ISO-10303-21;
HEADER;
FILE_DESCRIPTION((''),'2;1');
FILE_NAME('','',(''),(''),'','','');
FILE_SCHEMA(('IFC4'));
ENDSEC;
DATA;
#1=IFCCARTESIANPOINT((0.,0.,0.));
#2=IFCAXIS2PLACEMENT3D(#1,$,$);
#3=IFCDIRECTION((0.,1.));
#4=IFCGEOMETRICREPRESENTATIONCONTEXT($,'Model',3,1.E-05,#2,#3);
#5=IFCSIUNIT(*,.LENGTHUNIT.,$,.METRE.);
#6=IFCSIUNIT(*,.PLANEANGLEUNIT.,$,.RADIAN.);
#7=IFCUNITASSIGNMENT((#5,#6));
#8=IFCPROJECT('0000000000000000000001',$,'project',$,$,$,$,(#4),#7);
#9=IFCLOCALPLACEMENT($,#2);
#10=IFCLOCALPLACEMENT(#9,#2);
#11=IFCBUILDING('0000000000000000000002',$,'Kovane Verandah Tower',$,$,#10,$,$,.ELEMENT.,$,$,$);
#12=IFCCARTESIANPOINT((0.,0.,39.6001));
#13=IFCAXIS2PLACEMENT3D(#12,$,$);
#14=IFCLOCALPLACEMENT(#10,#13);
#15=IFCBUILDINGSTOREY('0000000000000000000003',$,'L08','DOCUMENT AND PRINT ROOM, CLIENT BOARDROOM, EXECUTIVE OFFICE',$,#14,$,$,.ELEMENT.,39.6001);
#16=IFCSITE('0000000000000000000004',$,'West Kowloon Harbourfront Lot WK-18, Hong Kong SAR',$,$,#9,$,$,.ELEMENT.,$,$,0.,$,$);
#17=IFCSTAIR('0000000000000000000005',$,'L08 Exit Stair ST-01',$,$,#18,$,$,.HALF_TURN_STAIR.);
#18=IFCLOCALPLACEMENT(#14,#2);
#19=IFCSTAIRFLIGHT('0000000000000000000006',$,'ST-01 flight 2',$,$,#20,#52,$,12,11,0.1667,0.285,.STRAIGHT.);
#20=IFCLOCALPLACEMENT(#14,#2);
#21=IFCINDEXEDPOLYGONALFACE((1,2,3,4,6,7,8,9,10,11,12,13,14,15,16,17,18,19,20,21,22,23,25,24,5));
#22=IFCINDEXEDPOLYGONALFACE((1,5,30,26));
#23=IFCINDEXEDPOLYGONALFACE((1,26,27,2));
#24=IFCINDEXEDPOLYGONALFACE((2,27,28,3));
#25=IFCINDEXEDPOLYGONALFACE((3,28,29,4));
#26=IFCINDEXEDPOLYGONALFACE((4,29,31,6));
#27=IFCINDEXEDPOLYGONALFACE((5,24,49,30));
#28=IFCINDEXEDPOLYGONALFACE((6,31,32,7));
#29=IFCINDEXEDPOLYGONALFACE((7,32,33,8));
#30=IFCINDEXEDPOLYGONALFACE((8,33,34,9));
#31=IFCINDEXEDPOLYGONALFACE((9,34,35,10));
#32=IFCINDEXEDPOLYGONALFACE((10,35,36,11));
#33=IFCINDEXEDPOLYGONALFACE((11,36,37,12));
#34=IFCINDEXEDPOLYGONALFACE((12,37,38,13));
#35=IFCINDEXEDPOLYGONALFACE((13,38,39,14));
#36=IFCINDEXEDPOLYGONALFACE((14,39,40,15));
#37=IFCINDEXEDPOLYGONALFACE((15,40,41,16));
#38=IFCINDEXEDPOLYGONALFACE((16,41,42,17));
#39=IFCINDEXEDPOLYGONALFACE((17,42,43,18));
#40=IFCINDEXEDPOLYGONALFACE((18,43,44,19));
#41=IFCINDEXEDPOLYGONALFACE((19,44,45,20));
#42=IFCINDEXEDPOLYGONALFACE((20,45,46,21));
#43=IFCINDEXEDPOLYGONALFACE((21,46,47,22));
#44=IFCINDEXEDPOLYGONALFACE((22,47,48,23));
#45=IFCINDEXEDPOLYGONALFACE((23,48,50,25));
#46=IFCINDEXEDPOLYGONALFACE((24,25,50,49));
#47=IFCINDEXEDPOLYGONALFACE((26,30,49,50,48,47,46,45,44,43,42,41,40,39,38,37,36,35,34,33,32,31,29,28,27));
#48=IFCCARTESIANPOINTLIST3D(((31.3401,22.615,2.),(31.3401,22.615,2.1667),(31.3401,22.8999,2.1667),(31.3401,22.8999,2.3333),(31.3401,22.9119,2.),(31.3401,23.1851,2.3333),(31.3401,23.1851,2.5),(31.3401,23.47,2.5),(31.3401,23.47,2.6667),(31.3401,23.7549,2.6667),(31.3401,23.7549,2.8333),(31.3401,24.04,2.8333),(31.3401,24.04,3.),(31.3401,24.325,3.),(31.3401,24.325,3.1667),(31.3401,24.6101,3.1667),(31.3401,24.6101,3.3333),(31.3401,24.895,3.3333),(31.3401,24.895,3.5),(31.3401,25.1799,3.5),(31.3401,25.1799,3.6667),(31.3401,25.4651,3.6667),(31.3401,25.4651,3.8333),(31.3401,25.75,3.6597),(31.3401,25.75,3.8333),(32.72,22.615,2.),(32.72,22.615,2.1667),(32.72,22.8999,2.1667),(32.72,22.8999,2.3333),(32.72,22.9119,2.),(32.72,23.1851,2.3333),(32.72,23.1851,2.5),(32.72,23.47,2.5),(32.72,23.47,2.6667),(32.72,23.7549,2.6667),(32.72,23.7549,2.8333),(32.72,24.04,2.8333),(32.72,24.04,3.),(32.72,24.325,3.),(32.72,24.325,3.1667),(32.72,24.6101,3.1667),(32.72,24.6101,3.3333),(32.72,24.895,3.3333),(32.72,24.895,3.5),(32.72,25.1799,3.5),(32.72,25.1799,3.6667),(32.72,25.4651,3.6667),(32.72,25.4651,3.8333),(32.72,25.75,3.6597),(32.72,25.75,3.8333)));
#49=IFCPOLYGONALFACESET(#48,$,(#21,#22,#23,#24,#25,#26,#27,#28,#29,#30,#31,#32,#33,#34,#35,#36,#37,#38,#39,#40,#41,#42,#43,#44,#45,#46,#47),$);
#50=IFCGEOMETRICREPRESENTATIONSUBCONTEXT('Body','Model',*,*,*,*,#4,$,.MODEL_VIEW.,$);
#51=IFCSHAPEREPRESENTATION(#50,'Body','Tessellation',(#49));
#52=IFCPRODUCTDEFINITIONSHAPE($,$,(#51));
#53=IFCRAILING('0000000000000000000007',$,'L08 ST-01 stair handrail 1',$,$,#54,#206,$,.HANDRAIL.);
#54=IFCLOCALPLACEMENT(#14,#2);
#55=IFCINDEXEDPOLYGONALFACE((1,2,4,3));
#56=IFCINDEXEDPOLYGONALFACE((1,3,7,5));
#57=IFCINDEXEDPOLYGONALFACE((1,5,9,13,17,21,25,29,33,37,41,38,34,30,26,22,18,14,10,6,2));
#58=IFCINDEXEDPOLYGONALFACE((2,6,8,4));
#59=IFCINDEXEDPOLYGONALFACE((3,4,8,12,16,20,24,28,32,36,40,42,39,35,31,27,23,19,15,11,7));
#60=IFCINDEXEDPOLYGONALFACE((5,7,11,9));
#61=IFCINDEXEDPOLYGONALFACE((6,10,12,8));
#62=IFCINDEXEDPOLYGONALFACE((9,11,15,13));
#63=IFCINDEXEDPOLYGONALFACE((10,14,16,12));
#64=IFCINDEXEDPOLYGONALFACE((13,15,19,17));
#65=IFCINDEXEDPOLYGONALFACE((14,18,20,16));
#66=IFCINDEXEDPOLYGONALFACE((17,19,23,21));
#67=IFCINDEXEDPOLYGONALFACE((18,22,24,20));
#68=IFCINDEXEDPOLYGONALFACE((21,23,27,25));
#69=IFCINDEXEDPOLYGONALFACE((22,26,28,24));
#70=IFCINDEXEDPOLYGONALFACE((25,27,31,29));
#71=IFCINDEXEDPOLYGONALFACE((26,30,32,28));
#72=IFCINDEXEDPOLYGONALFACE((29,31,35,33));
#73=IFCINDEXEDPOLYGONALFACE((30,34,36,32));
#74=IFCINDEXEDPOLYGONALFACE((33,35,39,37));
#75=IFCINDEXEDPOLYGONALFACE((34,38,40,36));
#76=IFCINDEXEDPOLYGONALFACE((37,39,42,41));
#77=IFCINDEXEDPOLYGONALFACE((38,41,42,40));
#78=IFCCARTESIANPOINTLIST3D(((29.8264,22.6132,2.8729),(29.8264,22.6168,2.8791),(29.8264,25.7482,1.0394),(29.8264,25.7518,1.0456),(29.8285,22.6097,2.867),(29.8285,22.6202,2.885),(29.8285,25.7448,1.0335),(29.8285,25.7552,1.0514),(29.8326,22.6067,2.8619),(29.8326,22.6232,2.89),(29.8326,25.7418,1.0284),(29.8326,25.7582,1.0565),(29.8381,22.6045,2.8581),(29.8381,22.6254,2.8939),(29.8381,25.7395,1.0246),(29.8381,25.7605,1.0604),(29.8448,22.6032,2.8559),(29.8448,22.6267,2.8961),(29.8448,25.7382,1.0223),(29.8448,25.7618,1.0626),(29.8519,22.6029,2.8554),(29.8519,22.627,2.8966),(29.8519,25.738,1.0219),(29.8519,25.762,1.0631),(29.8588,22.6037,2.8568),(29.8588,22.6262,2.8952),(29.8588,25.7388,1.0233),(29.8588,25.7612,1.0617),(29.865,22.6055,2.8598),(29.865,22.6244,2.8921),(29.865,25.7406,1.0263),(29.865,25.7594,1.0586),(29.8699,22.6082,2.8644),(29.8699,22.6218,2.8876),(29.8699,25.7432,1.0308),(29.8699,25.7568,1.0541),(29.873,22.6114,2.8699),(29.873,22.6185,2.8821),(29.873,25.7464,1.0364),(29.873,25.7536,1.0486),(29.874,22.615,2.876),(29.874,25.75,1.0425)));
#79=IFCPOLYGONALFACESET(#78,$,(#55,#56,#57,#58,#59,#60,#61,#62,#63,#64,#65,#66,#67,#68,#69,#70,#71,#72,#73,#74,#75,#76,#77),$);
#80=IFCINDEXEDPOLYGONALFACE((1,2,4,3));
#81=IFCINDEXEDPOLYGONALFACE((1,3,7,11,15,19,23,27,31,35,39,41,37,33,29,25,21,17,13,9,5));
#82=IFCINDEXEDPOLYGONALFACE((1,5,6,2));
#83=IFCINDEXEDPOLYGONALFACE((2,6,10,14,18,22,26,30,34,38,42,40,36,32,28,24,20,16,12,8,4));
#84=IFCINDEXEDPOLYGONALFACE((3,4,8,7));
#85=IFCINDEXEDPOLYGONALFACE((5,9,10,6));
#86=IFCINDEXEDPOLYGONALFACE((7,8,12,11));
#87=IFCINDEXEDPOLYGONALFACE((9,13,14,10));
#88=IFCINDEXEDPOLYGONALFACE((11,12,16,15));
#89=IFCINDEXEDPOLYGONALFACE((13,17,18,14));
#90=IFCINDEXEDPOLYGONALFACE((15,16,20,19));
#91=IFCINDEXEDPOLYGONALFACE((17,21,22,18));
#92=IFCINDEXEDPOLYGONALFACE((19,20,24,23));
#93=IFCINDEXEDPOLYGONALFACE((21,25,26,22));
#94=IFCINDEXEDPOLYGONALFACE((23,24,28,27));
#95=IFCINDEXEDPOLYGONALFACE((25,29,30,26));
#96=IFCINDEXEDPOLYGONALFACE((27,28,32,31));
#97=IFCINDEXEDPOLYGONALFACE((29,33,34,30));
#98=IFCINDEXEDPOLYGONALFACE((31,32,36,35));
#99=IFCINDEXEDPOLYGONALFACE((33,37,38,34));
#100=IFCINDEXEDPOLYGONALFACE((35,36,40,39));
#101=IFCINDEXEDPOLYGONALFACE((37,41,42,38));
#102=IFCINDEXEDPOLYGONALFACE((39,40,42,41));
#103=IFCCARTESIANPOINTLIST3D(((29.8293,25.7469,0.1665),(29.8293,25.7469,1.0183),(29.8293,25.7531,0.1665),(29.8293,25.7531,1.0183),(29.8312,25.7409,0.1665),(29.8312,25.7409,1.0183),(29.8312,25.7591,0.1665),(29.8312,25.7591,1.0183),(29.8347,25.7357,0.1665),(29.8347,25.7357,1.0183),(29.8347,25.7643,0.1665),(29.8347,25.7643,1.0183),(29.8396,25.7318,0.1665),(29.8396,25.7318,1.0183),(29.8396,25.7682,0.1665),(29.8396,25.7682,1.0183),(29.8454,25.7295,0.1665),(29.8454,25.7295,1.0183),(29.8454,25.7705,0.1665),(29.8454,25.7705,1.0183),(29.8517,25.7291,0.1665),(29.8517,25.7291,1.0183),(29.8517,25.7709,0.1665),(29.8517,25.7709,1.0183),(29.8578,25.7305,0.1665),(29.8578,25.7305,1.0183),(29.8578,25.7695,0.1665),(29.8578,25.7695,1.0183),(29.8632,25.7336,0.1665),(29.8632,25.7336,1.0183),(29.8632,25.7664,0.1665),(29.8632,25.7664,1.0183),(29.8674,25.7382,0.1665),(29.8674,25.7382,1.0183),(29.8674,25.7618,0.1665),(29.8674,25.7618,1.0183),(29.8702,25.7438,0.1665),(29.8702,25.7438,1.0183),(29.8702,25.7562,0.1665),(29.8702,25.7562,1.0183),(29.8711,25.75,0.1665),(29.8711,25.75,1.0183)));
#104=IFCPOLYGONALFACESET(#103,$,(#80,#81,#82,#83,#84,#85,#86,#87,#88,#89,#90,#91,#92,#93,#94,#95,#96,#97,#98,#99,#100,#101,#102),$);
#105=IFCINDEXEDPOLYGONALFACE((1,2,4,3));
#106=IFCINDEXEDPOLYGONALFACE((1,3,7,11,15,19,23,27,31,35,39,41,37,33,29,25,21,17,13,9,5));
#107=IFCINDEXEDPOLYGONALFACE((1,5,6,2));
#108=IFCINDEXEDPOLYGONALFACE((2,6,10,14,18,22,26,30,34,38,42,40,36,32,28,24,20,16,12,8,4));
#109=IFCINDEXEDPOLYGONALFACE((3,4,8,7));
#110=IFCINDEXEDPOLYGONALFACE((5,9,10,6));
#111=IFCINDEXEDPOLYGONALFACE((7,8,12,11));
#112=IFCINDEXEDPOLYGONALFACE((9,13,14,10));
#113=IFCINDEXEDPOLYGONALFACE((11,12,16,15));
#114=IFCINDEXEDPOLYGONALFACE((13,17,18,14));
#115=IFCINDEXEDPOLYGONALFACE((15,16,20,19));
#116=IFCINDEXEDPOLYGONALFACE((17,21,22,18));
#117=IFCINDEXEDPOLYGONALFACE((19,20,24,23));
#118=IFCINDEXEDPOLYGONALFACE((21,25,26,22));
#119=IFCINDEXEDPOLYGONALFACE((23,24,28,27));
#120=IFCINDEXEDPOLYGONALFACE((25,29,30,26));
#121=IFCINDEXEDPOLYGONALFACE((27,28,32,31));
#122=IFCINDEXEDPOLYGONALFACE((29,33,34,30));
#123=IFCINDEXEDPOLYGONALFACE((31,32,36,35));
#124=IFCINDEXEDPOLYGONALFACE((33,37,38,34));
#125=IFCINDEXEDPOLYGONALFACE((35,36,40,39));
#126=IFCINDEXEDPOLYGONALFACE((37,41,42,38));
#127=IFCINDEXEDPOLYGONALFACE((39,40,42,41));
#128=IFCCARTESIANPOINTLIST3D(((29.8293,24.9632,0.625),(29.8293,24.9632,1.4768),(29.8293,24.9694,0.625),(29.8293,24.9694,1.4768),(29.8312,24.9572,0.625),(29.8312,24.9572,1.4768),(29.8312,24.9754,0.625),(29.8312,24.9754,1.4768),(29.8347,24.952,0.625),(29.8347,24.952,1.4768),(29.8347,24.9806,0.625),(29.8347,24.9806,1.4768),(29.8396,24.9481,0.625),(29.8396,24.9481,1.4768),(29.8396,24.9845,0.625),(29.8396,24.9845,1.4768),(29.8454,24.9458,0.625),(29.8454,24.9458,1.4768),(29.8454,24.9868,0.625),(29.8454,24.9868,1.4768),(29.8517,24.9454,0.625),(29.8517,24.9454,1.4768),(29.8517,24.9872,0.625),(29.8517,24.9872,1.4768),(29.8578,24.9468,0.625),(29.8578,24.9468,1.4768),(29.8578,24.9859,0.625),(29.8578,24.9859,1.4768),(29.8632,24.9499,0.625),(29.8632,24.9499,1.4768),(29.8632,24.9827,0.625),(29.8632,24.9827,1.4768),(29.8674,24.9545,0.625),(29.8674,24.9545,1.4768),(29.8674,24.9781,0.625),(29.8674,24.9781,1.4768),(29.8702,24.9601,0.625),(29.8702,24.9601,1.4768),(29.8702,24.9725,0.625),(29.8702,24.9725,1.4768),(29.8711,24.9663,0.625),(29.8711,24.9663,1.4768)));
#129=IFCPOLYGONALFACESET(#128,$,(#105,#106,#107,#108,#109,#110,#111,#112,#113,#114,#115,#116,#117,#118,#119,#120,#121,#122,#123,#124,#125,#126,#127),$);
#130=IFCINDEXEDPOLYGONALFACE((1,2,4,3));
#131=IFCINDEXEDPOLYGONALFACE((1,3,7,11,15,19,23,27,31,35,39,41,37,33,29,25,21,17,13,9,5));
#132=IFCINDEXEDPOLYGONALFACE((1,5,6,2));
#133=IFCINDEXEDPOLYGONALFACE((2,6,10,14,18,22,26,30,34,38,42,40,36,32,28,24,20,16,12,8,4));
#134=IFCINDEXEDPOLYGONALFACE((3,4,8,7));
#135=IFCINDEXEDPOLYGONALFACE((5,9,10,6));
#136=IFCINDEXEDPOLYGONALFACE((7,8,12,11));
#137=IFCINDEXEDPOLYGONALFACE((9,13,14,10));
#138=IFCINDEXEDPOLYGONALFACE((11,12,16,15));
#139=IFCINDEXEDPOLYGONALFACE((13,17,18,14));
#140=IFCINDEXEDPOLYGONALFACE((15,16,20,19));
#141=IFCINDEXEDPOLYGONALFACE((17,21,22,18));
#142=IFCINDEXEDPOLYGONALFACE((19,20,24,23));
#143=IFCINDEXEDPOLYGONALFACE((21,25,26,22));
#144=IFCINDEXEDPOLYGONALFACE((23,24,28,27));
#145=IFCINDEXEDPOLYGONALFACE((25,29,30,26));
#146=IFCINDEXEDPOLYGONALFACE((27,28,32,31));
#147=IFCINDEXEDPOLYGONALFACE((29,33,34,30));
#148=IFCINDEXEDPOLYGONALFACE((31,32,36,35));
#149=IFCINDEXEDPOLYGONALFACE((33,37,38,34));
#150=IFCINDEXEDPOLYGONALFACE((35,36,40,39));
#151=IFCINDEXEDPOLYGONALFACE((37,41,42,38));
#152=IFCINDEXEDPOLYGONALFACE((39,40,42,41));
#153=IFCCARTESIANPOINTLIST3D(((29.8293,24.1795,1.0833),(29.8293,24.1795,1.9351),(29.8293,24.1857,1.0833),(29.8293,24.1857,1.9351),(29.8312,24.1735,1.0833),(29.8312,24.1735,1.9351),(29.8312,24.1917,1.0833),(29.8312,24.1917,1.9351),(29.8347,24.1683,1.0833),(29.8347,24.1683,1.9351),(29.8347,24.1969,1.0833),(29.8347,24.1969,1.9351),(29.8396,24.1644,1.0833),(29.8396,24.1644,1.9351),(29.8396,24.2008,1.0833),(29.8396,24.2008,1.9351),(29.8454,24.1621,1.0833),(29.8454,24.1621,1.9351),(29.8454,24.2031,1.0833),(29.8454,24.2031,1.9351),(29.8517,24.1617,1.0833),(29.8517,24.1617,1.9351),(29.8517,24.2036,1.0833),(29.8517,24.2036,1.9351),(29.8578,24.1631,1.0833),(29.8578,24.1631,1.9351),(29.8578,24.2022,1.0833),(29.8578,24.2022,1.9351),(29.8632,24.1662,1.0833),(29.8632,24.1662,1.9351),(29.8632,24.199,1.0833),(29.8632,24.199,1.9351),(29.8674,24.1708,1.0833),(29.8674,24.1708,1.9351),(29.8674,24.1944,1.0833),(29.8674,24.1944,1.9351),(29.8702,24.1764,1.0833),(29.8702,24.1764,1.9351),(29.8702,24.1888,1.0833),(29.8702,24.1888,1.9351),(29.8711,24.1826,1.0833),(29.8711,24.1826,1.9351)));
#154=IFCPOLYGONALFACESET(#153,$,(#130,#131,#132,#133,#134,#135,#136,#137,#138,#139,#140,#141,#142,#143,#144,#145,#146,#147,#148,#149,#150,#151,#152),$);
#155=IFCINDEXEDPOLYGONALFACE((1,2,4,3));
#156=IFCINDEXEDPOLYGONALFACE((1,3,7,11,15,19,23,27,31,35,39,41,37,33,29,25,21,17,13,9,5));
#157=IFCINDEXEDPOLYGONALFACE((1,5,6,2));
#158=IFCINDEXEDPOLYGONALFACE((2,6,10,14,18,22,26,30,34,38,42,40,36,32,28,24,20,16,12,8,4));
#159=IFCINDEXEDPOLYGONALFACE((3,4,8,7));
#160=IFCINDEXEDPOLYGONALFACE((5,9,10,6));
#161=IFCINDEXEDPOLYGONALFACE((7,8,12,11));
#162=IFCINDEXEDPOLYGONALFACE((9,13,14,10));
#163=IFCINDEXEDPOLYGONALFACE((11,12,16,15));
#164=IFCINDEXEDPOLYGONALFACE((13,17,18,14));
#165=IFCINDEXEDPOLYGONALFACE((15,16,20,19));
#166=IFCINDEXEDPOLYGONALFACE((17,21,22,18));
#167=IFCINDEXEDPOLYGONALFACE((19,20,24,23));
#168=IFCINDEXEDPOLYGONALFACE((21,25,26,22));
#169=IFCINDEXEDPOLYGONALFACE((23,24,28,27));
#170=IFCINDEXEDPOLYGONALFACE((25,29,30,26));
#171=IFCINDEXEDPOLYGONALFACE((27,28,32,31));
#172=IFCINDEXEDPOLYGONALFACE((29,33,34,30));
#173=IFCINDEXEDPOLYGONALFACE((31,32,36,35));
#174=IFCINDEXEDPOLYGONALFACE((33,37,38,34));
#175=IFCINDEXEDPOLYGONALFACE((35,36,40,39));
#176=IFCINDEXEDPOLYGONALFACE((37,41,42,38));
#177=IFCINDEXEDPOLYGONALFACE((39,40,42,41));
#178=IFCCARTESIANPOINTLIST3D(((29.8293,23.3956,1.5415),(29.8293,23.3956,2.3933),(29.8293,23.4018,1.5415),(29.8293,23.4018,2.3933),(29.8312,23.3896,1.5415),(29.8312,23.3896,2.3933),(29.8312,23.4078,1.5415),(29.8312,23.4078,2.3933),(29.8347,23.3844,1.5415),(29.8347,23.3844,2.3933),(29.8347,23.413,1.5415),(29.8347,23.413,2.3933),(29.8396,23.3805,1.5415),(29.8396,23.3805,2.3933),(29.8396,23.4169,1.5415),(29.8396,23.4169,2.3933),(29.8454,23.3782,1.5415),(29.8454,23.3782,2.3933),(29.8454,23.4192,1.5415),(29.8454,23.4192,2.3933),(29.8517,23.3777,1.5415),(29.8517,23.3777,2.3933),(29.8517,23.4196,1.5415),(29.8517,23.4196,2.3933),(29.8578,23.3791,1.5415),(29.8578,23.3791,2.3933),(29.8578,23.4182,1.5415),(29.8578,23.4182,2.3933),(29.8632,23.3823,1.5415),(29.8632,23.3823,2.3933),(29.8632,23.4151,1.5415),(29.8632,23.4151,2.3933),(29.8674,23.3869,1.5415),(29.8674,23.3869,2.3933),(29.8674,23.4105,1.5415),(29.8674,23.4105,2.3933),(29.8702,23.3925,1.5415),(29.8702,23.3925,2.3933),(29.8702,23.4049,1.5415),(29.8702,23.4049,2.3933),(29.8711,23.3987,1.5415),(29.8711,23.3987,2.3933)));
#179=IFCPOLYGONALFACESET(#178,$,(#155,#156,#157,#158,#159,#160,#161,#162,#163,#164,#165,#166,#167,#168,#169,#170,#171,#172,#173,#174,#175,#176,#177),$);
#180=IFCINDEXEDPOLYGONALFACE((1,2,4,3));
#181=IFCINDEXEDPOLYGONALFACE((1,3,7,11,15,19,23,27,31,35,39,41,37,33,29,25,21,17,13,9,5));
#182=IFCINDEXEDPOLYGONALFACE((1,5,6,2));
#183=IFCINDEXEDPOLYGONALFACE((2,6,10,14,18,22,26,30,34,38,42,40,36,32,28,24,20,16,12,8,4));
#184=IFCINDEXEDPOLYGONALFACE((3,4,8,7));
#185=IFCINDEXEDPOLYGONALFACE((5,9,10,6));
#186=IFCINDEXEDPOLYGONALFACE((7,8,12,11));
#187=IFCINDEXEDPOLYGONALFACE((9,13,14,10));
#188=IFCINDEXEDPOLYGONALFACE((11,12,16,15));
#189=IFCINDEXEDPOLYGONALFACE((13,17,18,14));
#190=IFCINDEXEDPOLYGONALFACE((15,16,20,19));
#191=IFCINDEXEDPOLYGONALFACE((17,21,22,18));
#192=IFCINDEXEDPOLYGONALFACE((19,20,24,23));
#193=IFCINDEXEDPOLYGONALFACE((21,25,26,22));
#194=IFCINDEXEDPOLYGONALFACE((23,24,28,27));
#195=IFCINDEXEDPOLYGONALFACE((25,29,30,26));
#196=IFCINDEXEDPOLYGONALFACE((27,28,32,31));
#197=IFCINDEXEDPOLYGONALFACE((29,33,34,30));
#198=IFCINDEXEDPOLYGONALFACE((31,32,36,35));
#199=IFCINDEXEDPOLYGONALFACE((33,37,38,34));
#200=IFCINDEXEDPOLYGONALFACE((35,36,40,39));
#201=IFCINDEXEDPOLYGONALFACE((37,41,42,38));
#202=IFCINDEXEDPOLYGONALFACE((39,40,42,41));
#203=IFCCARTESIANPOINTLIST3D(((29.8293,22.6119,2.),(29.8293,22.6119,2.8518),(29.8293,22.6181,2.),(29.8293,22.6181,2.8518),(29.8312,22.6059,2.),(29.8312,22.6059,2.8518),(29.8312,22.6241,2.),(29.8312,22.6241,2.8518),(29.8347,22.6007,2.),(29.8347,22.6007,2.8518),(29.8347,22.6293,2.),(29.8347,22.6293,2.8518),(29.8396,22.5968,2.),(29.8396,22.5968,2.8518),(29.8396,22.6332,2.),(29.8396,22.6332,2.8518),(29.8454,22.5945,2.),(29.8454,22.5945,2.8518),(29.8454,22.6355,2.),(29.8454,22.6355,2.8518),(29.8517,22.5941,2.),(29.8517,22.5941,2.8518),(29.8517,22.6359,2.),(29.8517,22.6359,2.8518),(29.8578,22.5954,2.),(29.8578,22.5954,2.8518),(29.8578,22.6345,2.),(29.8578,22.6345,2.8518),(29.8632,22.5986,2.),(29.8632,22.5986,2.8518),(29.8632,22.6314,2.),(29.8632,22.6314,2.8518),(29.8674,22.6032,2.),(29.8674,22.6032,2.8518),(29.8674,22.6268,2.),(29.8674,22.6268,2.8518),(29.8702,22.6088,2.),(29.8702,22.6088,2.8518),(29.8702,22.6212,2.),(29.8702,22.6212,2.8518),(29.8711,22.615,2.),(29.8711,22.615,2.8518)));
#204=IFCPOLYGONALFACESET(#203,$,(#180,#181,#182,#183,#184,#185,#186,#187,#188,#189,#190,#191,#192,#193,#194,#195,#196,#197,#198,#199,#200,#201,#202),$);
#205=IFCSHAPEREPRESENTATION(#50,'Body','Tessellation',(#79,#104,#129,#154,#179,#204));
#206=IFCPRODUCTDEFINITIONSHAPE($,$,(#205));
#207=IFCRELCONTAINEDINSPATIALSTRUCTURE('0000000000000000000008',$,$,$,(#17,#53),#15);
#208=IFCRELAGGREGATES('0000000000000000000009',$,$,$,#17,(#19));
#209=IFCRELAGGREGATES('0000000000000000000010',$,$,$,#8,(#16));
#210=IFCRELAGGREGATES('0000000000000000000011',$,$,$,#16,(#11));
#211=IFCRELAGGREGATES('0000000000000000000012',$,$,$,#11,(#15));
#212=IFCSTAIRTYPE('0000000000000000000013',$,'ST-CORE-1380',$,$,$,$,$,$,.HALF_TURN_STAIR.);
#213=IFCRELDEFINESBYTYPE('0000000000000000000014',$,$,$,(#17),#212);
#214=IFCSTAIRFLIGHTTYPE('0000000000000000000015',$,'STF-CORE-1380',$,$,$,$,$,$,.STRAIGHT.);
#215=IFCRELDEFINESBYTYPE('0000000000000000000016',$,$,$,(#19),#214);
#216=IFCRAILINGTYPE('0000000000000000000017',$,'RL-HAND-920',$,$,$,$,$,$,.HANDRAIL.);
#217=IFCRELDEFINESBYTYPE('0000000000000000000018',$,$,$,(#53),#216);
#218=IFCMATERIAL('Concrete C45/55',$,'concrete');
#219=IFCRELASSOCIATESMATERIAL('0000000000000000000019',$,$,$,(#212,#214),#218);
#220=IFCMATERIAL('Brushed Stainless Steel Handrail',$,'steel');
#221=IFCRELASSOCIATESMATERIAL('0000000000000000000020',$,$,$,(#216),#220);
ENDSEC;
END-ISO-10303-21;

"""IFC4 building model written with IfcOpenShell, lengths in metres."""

from ifc_helpers import new_model, si_unit, direction, frame, origin, origin_2d, place, context, subcontext, project, spatial, polyline, circle, outline, extrude, material, type_object, element, aggregate, save


model = new_model("IFC4")

# Units and contexts
model_context = context("Model", 3, precision=1e-05, world=origin(), true_north=direction((0.0, 1.0)))
body_context = subcontext(model_context, "Body", "Model", "MODEL_VIEW")
ifc_project = project(units=[si_unit("LENGTHUNIT", "METRE"), si_unit("PLANEANGLEUNIT", "RADIAN")], contexts=[model_context])

# Site, building, storey
site_placement = place(None, origin())
site = spatial("IfcSite", under=ifc_project, at=site_placement, Name="West Kowloon Harbourfront Lot WK-18, Hong Kong SAR", CompositionType="ELEMENT", RefElevation=0.0)
building_placement = place(site_placement, origin())
building = spatial("IfcBuilding", under=site, at=building_placement, Name="Kovane Verandah Tower", CompositionType="ELEMENT")
storey_placement = place(building_placement, frame((0.0, 0.0, 39.6001)))
storey = spatial("IfcBuildingStorey", under=building, at=storey_placement, Name="L08", Description="DOCUMENT AND PRINT ROOM, CLIENT BOARDROOM, EXECUTIVE OFFICE", CompositionType="ELEMENT", Elevation=39.6001)

# Shared definitions
ifc_material_1 = material(Name="Concrete C45/55", Category="concrete")

# Stair, stair flight
stair_type = type_object("IfcStairType", Name="ST-CORE-1380", PredefinedType="HALF_TURN_STAIR", material=ifc_material_1)
stair_placement = place(storey_placement, origin())
stair = element("IfcStair", 1, at=stair_placement, inside=storey, type_object=stair_type, Name="L08 Exit Stair ST-01", PredefinedType="HALF_TURN_STAIR")
stair_flight_type = type_object("IfcStairFlightType", Name="STF-CORE-1380", PredefinedType="STRAIGHT", material=ifc_material_1)
stair_flight_1_placement = place(storey_placement, frame((32.03, 22.615, 2.0), z_axis=(0.0, 0.0, 1.0), x_axis=(0.0, 1.0, 0.0)))
stair_flight_1 = element("IfcStairFlight", 2, at=stair_flight_1_placement, type_object=stair_flight_type, Name="ST-01 flight 2", NumberOfRisers=12, NumberOfTreads=11, PredefinedType="STRAIGHT", RiserHeight=0.1667, TreadLength=0.285, context=body_context, shape_type="SweptSolid", body=[
    extrude(outline(polyline([(0.0, 0.0), (0.0, 0.1667), (0.2849, 0.1667), (0.2849, 0.3333), (0.5701, 0.3333), (0.5701, 0.5), (0.855, 0.5), (0.855, 0.6667), (1.1399, 0.6667), (1.1399, 0.8333), (1.425, 0.8333), (1.425, 1.0), (1.71, 1.0), (1.71, 1.1667), (1.9951, 1.1667), (1.9951, 1.3333), (2.28, 1.3333), (2.28, 1.5), (2.5649, 1.5), (2.5649, 1.6667), (2.8501, 1.6667), (2.8501, 1.8333), (3.135, 1.8333), (3.135, 2.0), (3.135, 1.6597), (0.2969, 0.0), (0.0, 0.0)])), frame((0.0, 0.6899, 0.0), z_axis=(0.0, -1.0, 0.0), x_axis=(1.0, 0.0, 0.0)), (0.0, 0.0, 1.0), 1.3799),
])
aggregate(stair, [stair_flight_1])

# Railing
ifc_material_2 = material(Name="Brushed Stainless Steel Handrail", Category="steel")
railing_type_1 = type_object("IfcRailingType", Name="RL-HAND-920", PredefinedType="HANDRAIL", material=ifc_material_2)
railing_1_placement = place(storey_placement, frame((29.8501, 25.75, 0.1665)))
element("IfcRailing", 3, at=railing_1_placement, inside=storey, type_object=railing_type_1, Name="L08 ST-01 stair handrail 1", PredefinedType="HANDRAIL", context=body_context, shape_type="SweptSolid", body=[
    extrude(circle(Radius=0.0239, at=origin_2d()), frame((0.0, 0.0, 0.876), z_axis=(0.0, -0.86321, 0.504845), x_axis=(1.0, 0.0, 0.0)), (0.0, 0.0, 1.0), 3.6318),
    extrude(circle(Radius=0.021, at=origin_2d()), origin(), (0.0, 0.0, 1.0), 0.8518),
    extrude(circle(Radius=0.021, at=origin_2d()), frame((0.0, -0.7837, 0.4585)), (0.0, 0.0, 1.0), 0.8518),
    extrude(circle(Radius=0.021, at=origin_2d()), frame((0.0, -1.5674, 0.9167)), (0.0, 0.0, 1.0), 0.8518),
    extrude(circle(Radius=0.021, at=origin_2d()), frame((0.0, -2.3513, 1.375)), (0.0, 0.0, 1.0), 0.8518),
    extrude(circle(Radius=0.021, at=origin_2d()), frame((0.0, -3.135, 1.8335)), (0.0, 0.0, 1.0), 0.8518),
])

save(model, "model.ifc")
